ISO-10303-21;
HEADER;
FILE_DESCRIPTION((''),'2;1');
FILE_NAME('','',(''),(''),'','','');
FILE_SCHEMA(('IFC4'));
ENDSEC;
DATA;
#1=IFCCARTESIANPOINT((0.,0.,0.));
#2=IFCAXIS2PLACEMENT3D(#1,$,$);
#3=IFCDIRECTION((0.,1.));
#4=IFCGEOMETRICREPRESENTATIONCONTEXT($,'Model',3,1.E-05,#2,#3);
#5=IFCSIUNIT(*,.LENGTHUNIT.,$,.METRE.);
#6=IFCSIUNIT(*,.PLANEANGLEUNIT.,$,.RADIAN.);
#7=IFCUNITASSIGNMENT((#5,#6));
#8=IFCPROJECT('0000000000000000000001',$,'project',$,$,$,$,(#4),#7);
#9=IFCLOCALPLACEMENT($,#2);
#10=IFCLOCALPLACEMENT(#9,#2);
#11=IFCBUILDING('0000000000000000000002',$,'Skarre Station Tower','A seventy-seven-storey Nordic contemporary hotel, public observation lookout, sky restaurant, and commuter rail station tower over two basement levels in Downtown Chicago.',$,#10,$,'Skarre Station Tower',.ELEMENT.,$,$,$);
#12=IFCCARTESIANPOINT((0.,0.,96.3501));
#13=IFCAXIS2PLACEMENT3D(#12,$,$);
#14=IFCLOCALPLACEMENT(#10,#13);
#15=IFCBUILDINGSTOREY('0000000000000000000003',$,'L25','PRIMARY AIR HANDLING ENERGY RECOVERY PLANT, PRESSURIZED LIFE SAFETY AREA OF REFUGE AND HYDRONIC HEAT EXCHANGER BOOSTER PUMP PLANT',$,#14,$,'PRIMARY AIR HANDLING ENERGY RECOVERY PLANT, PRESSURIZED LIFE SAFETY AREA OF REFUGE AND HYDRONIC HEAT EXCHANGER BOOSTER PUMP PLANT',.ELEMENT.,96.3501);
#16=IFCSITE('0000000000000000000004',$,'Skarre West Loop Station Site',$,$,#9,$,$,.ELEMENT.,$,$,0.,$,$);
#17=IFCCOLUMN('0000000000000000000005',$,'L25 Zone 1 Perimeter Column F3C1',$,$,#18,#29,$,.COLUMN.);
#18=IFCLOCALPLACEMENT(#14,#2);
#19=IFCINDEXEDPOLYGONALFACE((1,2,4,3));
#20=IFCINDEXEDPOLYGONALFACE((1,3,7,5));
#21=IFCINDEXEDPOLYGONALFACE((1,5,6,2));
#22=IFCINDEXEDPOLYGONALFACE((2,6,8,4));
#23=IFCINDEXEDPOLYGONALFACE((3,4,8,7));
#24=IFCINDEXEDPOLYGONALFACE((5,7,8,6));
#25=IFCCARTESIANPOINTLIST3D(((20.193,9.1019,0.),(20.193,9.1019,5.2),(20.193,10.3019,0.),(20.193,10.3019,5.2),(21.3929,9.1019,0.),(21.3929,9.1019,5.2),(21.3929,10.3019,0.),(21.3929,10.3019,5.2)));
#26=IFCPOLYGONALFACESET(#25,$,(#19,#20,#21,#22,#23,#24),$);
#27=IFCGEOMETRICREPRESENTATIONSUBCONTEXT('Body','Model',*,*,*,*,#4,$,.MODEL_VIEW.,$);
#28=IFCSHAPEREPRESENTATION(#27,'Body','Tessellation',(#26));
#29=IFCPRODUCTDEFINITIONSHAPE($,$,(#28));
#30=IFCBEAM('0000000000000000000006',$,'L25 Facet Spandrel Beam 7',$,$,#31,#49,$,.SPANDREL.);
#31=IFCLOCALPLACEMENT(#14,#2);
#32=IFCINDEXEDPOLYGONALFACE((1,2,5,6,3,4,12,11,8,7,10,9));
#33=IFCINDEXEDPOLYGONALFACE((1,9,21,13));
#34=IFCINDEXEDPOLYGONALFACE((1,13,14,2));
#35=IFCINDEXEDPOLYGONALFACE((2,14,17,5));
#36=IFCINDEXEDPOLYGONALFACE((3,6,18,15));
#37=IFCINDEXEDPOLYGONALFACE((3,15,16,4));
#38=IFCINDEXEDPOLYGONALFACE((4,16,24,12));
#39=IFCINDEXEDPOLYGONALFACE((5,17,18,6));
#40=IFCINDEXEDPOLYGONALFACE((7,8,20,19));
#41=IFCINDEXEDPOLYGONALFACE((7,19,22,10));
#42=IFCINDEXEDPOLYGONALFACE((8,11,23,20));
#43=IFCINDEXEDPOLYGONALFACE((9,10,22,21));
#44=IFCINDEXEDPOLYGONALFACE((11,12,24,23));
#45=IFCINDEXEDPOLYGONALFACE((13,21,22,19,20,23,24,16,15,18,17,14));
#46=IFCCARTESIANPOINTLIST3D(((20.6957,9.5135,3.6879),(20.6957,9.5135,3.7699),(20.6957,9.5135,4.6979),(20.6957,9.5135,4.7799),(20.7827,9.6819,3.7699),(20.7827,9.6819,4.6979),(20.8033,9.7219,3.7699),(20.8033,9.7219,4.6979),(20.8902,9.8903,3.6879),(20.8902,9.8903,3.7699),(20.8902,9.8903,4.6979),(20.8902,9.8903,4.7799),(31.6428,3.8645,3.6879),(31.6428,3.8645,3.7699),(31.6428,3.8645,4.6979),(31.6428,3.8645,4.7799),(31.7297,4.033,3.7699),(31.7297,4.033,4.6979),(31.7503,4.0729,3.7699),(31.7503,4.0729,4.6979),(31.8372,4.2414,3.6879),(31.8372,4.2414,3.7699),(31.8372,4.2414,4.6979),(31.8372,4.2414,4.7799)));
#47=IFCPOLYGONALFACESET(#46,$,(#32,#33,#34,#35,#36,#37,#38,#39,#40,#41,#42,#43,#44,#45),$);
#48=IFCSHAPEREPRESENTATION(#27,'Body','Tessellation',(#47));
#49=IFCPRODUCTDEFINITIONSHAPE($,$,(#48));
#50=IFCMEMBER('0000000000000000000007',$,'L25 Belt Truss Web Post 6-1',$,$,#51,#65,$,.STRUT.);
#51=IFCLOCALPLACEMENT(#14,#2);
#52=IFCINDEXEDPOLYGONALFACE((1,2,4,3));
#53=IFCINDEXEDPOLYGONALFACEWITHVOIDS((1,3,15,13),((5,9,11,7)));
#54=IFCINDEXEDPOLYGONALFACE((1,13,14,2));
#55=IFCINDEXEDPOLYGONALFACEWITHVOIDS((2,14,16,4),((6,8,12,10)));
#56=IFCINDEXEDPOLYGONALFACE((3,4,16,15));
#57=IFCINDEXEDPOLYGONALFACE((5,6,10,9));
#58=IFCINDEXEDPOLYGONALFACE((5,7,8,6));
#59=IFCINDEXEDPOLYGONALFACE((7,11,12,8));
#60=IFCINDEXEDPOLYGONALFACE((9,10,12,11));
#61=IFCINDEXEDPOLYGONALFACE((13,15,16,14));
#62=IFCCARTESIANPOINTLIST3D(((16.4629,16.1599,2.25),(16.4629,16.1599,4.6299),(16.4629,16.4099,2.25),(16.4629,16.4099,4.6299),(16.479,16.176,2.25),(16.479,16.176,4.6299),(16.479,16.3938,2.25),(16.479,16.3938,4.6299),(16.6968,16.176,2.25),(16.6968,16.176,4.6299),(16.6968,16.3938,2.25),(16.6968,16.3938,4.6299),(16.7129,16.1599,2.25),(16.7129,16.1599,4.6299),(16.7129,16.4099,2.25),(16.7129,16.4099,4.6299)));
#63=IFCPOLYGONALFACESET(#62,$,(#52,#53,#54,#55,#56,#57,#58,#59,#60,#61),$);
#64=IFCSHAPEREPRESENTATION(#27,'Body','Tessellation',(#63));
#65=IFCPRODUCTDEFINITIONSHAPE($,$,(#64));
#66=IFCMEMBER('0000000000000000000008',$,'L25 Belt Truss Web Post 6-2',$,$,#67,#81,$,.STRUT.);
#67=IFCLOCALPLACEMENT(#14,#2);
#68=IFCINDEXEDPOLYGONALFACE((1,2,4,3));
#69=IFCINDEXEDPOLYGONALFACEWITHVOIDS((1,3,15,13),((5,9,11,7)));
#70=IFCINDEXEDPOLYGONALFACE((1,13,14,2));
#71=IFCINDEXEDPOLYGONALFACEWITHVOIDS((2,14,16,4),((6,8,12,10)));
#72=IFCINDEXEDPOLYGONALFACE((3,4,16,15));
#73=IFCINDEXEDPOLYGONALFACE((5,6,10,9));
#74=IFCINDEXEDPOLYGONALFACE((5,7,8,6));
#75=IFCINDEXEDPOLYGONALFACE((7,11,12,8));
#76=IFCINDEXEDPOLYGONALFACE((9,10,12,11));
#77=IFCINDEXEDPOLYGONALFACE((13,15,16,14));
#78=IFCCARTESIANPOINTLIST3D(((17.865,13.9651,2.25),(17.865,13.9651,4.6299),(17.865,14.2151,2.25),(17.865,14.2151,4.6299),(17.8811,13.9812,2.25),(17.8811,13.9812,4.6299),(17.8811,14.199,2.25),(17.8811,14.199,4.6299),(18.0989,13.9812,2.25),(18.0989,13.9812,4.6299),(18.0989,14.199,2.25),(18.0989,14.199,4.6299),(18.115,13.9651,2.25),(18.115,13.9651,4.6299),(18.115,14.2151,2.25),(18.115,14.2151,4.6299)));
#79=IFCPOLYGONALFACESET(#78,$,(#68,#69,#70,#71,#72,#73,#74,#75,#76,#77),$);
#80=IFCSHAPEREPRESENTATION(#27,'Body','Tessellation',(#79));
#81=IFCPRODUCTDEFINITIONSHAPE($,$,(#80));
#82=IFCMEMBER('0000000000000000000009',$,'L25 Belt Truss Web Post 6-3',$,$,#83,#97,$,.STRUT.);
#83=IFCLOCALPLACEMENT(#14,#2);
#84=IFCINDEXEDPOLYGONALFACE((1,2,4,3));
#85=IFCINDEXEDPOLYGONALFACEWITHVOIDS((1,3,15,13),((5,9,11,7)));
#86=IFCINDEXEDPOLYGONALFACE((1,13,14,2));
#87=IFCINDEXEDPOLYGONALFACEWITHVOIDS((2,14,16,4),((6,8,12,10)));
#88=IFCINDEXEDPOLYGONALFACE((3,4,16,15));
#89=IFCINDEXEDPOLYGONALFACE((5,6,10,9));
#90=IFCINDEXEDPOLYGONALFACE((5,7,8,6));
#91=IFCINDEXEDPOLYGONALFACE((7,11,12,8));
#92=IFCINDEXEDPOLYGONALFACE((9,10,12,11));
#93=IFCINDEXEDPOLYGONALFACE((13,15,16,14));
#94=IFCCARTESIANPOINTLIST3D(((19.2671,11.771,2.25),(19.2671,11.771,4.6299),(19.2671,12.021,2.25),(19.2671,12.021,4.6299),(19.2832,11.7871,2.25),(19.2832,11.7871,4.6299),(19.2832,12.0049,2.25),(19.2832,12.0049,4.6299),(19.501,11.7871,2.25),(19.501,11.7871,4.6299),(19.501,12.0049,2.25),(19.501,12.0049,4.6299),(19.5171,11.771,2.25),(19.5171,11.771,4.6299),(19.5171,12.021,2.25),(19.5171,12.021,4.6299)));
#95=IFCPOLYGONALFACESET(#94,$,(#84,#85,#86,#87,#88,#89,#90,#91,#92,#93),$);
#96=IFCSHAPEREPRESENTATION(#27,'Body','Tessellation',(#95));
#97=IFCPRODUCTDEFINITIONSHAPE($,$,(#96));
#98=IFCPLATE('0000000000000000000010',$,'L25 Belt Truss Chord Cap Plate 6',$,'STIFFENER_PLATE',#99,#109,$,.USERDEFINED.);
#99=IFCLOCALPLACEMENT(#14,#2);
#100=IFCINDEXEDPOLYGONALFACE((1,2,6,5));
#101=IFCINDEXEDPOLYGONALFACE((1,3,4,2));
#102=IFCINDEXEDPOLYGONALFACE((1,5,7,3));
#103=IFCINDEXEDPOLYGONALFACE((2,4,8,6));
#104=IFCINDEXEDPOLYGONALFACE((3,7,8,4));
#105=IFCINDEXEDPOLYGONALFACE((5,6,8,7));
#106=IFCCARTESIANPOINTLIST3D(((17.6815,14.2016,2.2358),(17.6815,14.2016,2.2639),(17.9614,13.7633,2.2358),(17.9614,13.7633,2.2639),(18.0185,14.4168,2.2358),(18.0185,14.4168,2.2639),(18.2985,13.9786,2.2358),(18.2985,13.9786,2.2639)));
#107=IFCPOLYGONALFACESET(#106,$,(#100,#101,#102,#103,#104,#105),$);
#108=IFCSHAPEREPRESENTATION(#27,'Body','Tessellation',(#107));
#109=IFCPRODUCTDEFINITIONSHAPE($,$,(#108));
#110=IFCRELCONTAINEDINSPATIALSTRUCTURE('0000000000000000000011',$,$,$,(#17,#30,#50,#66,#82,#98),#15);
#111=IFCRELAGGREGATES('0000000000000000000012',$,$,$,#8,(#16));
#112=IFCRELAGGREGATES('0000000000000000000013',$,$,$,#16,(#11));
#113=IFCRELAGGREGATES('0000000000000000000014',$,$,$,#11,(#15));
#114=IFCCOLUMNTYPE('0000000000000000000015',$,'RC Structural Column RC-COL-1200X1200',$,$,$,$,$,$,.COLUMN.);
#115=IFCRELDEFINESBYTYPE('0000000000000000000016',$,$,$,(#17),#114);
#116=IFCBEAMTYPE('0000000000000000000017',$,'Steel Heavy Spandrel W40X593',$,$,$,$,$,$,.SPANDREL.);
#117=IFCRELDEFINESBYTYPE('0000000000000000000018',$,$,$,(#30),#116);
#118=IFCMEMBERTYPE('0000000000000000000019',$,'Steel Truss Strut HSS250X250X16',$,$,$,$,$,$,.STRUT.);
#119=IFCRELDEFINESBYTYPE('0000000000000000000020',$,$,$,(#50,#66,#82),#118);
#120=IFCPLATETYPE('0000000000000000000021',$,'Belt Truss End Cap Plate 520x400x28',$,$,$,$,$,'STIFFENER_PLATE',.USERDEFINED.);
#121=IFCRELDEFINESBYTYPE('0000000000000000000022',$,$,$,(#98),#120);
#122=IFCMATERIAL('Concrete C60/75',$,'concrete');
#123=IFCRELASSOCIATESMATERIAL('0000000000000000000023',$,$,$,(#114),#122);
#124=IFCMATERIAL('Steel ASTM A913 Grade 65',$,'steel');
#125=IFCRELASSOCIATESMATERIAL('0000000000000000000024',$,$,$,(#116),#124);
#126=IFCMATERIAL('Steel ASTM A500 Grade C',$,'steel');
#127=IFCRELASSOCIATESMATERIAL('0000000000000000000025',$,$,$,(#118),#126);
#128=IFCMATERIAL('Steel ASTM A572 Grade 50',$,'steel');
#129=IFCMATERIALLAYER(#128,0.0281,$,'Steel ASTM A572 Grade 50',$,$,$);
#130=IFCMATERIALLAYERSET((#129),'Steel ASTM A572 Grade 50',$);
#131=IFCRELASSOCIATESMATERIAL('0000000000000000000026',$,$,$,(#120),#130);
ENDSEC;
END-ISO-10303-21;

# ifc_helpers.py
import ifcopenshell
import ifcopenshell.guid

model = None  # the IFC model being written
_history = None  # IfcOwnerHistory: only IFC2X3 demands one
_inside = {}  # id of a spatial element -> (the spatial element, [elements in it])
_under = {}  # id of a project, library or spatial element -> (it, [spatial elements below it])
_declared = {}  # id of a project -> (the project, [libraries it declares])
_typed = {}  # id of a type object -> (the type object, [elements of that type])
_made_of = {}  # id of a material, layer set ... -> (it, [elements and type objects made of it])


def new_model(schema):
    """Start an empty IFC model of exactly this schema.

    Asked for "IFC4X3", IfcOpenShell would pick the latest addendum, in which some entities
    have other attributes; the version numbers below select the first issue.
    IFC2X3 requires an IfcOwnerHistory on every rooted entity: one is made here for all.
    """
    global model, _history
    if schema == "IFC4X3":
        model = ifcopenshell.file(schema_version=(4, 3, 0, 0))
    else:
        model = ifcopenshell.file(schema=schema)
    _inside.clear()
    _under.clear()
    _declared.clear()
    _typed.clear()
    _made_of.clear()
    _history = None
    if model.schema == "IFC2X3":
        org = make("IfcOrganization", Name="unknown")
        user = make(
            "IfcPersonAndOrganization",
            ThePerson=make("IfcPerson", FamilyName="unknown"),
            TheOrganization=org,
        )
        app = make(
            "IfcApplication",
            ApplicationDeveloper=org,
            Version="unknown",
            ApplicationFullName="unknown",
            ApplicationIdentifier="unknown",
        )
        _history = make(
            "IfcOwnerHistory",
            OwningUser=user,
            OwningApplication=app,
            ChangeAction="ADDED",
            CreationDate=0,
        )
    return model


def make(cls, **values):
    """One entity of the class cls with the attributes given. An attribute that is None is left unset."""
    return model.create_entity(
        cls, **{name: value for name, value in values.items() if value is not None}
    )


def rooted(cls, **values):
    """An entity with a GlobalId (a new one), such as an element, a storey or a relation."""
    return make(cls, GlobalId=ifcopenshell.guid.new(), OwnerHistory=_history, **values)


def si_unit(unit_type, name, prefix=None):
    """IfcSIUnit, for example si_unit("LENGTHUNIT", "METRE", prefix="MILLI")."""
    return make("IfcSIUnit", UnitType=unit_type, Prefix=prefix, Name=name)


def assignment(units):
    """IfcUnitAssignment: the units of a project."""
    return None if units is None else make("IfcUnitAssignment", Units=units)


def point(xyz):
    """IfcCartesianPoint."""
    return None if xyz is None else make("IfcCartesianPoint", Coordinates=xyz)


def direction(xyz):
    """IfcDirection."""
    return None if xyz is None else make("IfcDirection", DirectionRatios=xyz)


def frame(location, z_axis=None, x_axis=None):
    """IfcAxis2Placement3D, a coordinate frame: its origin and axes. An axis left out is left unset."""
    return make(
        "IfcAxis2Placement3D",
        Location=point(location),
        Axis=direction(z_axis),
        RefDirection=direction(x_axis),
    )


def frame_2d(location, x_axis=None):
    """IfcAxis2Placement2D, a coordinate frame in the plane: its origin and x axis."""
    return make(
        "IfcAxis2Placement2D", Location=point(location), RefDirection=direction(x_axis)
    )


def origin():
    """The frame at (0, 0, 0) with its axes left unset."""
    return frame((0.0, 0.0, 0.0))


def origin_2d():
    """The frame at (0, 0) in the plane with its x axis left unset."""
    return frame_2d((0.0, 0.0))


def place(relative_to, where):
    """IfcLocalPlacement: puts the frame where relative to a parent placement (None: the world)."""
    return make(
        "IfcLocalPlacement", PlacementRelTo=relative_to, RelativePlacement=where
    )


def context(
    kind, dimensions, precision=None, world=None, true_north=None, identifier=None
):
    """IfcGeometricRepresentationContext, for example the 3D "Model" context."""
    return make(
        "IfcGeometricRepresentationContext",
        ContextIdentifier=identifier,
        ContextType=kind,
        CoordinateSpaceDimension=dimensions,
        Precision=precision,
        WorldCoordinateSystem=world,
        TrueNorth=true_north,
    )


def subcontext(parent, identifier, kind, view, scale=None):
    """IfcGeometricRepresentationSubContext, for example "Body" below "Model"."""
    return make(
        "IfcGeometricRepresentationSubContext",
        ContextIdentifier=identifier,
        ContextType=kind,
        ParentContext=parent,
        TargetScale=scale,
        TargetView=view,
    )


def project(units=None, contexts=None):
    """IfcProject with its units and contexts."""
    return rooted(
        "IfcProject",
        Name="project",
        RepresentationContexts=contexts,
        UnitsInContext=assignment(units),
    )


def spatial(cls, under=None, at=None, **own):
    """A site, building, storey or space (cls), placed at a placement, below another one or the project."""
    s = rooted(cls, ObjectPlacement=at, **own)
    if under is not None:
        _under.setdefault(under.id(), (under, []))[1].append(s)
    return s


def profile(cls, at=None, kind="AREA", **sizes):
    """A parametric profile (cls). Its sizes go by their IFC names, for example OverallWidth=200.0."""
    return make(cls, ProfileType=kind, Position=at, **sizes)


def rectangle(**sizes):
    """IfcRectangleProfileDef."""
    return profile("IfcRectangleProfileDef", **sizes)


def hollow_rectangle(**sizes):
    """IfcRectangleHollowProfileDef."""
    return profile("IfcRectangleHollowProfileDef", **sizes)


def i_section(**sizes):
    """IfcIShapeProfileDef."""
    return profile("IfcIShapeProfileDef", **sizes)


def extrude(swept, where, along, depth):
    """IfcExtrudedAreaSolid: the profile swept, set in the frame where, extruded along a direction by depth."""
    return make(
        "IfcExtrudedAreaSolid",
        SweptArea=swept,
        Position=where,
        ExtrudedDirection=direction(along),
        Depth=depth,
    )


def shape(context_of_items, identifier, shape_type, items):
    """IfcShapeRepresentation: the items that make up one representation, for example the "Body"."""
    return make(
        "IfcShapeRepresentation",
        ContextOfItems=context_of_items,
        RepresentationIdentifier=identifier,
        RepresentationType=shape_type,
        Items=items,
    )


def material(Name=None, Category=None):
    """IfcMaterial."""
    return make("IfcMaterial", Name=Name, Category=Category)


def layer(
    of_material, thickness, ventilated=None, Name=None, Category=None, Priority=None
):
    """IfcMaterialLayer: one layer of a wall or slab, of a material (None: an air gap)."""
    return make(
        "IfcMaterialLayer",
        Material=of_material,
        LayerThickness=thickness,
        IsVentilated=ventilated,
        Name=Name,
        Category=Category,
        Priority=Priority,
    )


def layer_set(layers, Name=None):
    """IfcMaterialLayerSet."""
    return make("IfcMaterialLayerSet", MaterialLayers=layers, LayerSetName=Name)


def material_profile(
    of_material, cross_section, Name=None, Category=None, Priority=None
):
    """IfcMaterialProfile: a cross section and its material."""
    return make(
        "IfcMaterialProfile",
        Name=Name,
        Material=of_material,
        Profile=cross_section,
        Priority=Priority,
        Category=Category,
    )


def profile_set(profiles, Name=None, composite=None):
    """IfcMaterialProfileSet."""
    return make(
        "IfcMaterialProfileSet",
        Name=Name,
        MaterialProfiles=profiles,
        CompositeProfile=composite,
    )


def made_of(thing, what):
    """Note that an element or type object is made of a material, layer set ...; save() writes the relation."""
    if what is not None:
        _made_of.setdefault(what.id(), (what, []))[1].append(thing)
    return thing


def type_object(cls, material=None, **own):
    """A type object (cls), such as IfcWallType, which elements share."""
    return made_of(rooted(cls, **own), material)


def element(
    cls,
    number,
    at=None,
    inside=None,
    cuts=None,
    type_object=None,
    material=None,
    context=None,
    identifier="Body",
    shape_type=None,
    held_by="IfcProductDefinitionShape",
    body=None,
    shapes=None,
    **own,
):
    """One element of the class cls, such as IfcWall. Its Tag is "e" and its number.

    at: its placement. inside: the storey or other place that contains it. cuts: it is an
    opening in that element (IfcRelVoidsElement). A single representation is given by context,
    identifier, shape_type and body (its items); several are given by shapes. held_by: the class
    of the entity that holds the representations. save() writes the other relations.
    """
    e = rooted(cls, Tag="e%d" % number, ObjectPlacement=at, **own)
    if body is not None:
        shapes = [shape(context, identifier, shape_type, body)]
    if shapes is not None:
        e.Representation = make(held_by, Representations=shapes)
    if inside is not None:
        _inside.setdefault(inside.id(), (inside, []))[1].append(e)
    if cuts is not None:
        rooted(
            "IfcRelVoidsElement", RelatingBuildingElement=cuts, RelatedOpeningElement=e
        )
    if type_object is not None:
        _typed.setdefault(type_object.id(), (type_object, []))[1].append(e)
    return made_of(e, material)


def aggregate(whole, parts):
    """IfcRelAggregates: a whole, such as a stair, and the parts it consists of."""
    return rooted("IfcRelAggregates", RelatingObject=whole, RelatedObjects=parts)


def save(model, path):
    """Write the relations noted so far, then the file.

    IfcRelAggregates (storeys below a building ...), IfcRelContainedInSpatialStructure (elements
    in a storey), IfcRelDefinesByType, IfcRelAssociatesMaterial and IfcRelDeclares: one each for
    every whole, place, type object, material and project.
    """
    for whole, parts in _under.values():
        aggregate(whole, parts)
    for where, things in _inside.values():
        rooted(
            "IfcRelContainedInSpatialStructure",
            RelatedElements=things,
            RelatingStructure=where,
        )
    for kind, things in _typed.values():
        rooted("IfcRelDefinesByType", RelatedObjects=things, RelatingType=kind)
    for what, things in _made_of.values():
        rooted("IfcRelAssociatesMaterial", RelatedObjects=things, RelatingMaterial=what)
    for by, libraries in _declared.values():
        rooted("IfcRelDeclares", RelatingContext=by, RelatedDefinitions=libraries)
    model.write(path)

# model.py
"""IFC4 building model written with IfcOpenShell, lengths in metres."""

from ifc_helpers import new_model, si_unit, direction, frame, origin, origin_2d, place, context, subcontext, project, spatial, rectangle, hollow_rectangle, i_section, extrude, material, layer, layer_set, material_profile, profile_set, type_object, element, save


model = new_model("IFC4")

# Units and contexts
model_context = context("Model", 3, precision=1e-05, world=origin(), true_north=direction((0.0, 1.0)))
body_context = subcontext(model_context, "Body", "Model", "MODEL_VIEW")
ifc_project = project(units=[si_unit("LENGTHUNIT", "METRE"), si_unit("PLANEANGLEUNIT", "RADIAN")], contexts=[model_context])

# Site, building, storey
site_placement = place(None, origin())
site = spatial("IfcSite", under=ifc_project, at=site_placement, Name="Skarre West Loop Station Site", CompositionType="ELEMENT", RefElevation=0.0)
building_placement = place(site_placement, origin())
building = spatial("IfcBuilding", under=site, at=building_placement, Name="Skarre Station Tower", Description="A seventy-seven-storey Nordic contemporary hotel, public observation lookout, sky restaurant, and commuter rail station tower over two basement levels in Downtown Chicago.", LongName="Skarre Station Tower", CompositionType="ELEMENT")
storey_placement = place(building_placement, frame((0.0, 0.0, 96.3501)))
storey = spatial("IfcBuildingStorey", under=building, at=storey_placement, Name="L25", Description="PRIMARY AIR HANDLING ENERGY RECOVERY PLANT, PRESSURIZED LIFE SAFETY AREA OF REFUGE AND HYDRONIC HEAT EXCHANGER BOOSTER PUMP PLANT", LongName="PRIMARY AIR HANDLING ENERGY RECOVERY PLANT, PRESSURIZED LIFE SAFETY AREA OF REFUGE AND HYDRONIC HEAT EXCHANGER BOOSTER PUMP PLANT", CompositionType="ELEMENT", Elevation=96.3501)

# Column
ifc_material_1 = material(Name="Concrete C60/75", Category="concrete")
ifc_material_profile_1 = material_profile(ifc_material_1, rectangle(XDim=1.2, YDim=1.2, at=origin_2d()), Name="Concrete C60/75")
ifc_profile_set_1 = profile_set([ifc_material_profile_1], Name="Concrete C60/75")
column_type = type_object("IfcColumnType", Name="RC Structural Column RC-COL-1200X1200", PredefinedType="COLUMN", material=ifc_profile_set_1)
column_placement = place(storey_placement, frame((20.793, 9.7019, 0.0), z_axis=(0.0, 0.0, 1.0), x_axis=(1.0, 0.0, 0.0)))
element("IfcColumn", 1, at=column_placement, inside=storey, type_object=column_type, Name="L25 Zone 1 Perimeter Column F3C1", PredefinedType="COLUMN", context=body_context, shape_type="SweptSolid", body=[
    extrude(rectangle(XDim=1.2, YDim=1.2, at=origin_2d()), origin(), (0.0, 0.0, 1.0), 5.2),
])

# Beam
ifc_material_2 = material(Name="Steel ASTM A913 Grade 65", Category="steel")
ifc_material_profile_2 = material_profile(ifc_material_2, i_section(OverallWidth=0.4241, OverallDepth=1.092, WebThickness=0.0449, FlangeThickness=0.082, at=origin_2d()), Name="Steel ASTM A913 Grade 65")
ifc_profile_set_2 = profile_set([ifc_material_profile_2], Name="Steel ASTM A913 Grade 65")
beam_type = type_object("IfcBeamType", Name="Steel Heavy Spandrel W40X593", PredefinedType="SPANDREL", material=ifc_profile_set_2)
beam_placement = place(storey_placement, frame((20.793, 9.7019, 4.2339), z_axis=(0.888659, -0.458569, 0.0), x_axis=(0.458569, 0.888659, 0.0)))
element("IfcBeam", 2, at=beam_placement, inside=storey, type_object=beam_type, Name="L25 Facet Spandrel Beam 7", PredefinedType="SPANDREL", context=body_context, shape_type="SweptSolid", body=[
    extrude(i_section(OverallWidth=0.4241, OverallDepth=1.092, WebThickness=0.0449, FlangeThickness=0.082, at=origin_2d()), origin(), (0.0, 0.0, 1.0), 12.3186),
])

# Members
ifc_material_3 = material(Name="Steel ASTM A500 Grade C", Category="steel")
ifc_material_profile_3 = material_profile(ifc_material_3, hollow_rectangle(XDim=0.25, YDim=0.25, WallThickness=0.0161, at=origin_2d()), Name="Steel ASTM A500 Grade C")
ifc_profile_set_3 = profile_set([ifc_material_profile_3], Name="Steel ASTM A500 Grade C")
member_type = type_object("IfcMemberType", Name="Steel Truss Strut HSS250X250X16", PredefinedType="STRUT", material=ifc_profile_set_3)
for number, where, z_axis, x_axis, name in (
    (3, (16.5879, 16.2849, 2.25), (0.0, 0.0, 1.0), (1.0, 0.0, 0.0), "L25 Belt Truss Web Post 6-1"),
    (4, (17.99, 14.0901, 2.25), (0.0, 0.0, 1.0), (1.0, 0.0, 0.0), "L25 Belt Truss Web Post 6-2"),
    (5, (19.3921, 11.896, 2.25), (0.0, 0.0, 1.0), (1.0, 0.0, 0.0), "L25 Belt Truss Web Post 6-3"),
):
    element("IfcMember", number, at=place(storey_placement, frame(where, z_axis=z_axis, x_axis=x_axis)), inside=storey, type_object=member_type, Name=name, PredefinedType="STRUT", context=body_context, shape_type="SweptSolid", body=[
        extrude(hollow_rectangle(XDim=0.25, YDim=0.25, WallThickness=0.0161, at=origin_2d()), origin(), (0.0, 0.0, 1.0), 2.3799),
    ])

# Plate
ifc_material_4 = material(Name="Steel ASTM A572 Grade 50", Category="steel")
ifc_layer_1 = layer(ifc_material_4, 0.0281, Name="Steel ASTM A572 Grade 50")
ifc_layer_set_1 = layer_set([ifc_layer_1], Name="Steel ASTM A572 Grade 50")
plate_type_1 = type_object("IfcPlateType", Name="Belt Truss End Cap Plate 520x400x28", ElementType="STIFFENER_PLATE", PredefinedType="USERDEFINED", material=ifc_layer_set_1)
plate_1_placement = place(storey_placement, frame((17.99, 14.0901, 2.2358), z_axis=(0.0, 0.0, 1.0), x_axis=(0.538285, -0.842763, 0.0)))
element("IfcPlate", 6, at=plate_1_placement, inside=storey, type_object=plate_type_1, Name="L25 Belt Truss Chord Cap Plate 6", ObjectType="STIFFENER_PLATE", PredefinedType="USERDEFINED", context=body_context, shape_type="SweptSolid", body=[
    extrude(rectangle(XDim=0.52, YDim=0.3999, at=origin_2d()), origin(), (0.0, 0.0, 1.0), 0.0281),
])

save(model, "model.ifc")
